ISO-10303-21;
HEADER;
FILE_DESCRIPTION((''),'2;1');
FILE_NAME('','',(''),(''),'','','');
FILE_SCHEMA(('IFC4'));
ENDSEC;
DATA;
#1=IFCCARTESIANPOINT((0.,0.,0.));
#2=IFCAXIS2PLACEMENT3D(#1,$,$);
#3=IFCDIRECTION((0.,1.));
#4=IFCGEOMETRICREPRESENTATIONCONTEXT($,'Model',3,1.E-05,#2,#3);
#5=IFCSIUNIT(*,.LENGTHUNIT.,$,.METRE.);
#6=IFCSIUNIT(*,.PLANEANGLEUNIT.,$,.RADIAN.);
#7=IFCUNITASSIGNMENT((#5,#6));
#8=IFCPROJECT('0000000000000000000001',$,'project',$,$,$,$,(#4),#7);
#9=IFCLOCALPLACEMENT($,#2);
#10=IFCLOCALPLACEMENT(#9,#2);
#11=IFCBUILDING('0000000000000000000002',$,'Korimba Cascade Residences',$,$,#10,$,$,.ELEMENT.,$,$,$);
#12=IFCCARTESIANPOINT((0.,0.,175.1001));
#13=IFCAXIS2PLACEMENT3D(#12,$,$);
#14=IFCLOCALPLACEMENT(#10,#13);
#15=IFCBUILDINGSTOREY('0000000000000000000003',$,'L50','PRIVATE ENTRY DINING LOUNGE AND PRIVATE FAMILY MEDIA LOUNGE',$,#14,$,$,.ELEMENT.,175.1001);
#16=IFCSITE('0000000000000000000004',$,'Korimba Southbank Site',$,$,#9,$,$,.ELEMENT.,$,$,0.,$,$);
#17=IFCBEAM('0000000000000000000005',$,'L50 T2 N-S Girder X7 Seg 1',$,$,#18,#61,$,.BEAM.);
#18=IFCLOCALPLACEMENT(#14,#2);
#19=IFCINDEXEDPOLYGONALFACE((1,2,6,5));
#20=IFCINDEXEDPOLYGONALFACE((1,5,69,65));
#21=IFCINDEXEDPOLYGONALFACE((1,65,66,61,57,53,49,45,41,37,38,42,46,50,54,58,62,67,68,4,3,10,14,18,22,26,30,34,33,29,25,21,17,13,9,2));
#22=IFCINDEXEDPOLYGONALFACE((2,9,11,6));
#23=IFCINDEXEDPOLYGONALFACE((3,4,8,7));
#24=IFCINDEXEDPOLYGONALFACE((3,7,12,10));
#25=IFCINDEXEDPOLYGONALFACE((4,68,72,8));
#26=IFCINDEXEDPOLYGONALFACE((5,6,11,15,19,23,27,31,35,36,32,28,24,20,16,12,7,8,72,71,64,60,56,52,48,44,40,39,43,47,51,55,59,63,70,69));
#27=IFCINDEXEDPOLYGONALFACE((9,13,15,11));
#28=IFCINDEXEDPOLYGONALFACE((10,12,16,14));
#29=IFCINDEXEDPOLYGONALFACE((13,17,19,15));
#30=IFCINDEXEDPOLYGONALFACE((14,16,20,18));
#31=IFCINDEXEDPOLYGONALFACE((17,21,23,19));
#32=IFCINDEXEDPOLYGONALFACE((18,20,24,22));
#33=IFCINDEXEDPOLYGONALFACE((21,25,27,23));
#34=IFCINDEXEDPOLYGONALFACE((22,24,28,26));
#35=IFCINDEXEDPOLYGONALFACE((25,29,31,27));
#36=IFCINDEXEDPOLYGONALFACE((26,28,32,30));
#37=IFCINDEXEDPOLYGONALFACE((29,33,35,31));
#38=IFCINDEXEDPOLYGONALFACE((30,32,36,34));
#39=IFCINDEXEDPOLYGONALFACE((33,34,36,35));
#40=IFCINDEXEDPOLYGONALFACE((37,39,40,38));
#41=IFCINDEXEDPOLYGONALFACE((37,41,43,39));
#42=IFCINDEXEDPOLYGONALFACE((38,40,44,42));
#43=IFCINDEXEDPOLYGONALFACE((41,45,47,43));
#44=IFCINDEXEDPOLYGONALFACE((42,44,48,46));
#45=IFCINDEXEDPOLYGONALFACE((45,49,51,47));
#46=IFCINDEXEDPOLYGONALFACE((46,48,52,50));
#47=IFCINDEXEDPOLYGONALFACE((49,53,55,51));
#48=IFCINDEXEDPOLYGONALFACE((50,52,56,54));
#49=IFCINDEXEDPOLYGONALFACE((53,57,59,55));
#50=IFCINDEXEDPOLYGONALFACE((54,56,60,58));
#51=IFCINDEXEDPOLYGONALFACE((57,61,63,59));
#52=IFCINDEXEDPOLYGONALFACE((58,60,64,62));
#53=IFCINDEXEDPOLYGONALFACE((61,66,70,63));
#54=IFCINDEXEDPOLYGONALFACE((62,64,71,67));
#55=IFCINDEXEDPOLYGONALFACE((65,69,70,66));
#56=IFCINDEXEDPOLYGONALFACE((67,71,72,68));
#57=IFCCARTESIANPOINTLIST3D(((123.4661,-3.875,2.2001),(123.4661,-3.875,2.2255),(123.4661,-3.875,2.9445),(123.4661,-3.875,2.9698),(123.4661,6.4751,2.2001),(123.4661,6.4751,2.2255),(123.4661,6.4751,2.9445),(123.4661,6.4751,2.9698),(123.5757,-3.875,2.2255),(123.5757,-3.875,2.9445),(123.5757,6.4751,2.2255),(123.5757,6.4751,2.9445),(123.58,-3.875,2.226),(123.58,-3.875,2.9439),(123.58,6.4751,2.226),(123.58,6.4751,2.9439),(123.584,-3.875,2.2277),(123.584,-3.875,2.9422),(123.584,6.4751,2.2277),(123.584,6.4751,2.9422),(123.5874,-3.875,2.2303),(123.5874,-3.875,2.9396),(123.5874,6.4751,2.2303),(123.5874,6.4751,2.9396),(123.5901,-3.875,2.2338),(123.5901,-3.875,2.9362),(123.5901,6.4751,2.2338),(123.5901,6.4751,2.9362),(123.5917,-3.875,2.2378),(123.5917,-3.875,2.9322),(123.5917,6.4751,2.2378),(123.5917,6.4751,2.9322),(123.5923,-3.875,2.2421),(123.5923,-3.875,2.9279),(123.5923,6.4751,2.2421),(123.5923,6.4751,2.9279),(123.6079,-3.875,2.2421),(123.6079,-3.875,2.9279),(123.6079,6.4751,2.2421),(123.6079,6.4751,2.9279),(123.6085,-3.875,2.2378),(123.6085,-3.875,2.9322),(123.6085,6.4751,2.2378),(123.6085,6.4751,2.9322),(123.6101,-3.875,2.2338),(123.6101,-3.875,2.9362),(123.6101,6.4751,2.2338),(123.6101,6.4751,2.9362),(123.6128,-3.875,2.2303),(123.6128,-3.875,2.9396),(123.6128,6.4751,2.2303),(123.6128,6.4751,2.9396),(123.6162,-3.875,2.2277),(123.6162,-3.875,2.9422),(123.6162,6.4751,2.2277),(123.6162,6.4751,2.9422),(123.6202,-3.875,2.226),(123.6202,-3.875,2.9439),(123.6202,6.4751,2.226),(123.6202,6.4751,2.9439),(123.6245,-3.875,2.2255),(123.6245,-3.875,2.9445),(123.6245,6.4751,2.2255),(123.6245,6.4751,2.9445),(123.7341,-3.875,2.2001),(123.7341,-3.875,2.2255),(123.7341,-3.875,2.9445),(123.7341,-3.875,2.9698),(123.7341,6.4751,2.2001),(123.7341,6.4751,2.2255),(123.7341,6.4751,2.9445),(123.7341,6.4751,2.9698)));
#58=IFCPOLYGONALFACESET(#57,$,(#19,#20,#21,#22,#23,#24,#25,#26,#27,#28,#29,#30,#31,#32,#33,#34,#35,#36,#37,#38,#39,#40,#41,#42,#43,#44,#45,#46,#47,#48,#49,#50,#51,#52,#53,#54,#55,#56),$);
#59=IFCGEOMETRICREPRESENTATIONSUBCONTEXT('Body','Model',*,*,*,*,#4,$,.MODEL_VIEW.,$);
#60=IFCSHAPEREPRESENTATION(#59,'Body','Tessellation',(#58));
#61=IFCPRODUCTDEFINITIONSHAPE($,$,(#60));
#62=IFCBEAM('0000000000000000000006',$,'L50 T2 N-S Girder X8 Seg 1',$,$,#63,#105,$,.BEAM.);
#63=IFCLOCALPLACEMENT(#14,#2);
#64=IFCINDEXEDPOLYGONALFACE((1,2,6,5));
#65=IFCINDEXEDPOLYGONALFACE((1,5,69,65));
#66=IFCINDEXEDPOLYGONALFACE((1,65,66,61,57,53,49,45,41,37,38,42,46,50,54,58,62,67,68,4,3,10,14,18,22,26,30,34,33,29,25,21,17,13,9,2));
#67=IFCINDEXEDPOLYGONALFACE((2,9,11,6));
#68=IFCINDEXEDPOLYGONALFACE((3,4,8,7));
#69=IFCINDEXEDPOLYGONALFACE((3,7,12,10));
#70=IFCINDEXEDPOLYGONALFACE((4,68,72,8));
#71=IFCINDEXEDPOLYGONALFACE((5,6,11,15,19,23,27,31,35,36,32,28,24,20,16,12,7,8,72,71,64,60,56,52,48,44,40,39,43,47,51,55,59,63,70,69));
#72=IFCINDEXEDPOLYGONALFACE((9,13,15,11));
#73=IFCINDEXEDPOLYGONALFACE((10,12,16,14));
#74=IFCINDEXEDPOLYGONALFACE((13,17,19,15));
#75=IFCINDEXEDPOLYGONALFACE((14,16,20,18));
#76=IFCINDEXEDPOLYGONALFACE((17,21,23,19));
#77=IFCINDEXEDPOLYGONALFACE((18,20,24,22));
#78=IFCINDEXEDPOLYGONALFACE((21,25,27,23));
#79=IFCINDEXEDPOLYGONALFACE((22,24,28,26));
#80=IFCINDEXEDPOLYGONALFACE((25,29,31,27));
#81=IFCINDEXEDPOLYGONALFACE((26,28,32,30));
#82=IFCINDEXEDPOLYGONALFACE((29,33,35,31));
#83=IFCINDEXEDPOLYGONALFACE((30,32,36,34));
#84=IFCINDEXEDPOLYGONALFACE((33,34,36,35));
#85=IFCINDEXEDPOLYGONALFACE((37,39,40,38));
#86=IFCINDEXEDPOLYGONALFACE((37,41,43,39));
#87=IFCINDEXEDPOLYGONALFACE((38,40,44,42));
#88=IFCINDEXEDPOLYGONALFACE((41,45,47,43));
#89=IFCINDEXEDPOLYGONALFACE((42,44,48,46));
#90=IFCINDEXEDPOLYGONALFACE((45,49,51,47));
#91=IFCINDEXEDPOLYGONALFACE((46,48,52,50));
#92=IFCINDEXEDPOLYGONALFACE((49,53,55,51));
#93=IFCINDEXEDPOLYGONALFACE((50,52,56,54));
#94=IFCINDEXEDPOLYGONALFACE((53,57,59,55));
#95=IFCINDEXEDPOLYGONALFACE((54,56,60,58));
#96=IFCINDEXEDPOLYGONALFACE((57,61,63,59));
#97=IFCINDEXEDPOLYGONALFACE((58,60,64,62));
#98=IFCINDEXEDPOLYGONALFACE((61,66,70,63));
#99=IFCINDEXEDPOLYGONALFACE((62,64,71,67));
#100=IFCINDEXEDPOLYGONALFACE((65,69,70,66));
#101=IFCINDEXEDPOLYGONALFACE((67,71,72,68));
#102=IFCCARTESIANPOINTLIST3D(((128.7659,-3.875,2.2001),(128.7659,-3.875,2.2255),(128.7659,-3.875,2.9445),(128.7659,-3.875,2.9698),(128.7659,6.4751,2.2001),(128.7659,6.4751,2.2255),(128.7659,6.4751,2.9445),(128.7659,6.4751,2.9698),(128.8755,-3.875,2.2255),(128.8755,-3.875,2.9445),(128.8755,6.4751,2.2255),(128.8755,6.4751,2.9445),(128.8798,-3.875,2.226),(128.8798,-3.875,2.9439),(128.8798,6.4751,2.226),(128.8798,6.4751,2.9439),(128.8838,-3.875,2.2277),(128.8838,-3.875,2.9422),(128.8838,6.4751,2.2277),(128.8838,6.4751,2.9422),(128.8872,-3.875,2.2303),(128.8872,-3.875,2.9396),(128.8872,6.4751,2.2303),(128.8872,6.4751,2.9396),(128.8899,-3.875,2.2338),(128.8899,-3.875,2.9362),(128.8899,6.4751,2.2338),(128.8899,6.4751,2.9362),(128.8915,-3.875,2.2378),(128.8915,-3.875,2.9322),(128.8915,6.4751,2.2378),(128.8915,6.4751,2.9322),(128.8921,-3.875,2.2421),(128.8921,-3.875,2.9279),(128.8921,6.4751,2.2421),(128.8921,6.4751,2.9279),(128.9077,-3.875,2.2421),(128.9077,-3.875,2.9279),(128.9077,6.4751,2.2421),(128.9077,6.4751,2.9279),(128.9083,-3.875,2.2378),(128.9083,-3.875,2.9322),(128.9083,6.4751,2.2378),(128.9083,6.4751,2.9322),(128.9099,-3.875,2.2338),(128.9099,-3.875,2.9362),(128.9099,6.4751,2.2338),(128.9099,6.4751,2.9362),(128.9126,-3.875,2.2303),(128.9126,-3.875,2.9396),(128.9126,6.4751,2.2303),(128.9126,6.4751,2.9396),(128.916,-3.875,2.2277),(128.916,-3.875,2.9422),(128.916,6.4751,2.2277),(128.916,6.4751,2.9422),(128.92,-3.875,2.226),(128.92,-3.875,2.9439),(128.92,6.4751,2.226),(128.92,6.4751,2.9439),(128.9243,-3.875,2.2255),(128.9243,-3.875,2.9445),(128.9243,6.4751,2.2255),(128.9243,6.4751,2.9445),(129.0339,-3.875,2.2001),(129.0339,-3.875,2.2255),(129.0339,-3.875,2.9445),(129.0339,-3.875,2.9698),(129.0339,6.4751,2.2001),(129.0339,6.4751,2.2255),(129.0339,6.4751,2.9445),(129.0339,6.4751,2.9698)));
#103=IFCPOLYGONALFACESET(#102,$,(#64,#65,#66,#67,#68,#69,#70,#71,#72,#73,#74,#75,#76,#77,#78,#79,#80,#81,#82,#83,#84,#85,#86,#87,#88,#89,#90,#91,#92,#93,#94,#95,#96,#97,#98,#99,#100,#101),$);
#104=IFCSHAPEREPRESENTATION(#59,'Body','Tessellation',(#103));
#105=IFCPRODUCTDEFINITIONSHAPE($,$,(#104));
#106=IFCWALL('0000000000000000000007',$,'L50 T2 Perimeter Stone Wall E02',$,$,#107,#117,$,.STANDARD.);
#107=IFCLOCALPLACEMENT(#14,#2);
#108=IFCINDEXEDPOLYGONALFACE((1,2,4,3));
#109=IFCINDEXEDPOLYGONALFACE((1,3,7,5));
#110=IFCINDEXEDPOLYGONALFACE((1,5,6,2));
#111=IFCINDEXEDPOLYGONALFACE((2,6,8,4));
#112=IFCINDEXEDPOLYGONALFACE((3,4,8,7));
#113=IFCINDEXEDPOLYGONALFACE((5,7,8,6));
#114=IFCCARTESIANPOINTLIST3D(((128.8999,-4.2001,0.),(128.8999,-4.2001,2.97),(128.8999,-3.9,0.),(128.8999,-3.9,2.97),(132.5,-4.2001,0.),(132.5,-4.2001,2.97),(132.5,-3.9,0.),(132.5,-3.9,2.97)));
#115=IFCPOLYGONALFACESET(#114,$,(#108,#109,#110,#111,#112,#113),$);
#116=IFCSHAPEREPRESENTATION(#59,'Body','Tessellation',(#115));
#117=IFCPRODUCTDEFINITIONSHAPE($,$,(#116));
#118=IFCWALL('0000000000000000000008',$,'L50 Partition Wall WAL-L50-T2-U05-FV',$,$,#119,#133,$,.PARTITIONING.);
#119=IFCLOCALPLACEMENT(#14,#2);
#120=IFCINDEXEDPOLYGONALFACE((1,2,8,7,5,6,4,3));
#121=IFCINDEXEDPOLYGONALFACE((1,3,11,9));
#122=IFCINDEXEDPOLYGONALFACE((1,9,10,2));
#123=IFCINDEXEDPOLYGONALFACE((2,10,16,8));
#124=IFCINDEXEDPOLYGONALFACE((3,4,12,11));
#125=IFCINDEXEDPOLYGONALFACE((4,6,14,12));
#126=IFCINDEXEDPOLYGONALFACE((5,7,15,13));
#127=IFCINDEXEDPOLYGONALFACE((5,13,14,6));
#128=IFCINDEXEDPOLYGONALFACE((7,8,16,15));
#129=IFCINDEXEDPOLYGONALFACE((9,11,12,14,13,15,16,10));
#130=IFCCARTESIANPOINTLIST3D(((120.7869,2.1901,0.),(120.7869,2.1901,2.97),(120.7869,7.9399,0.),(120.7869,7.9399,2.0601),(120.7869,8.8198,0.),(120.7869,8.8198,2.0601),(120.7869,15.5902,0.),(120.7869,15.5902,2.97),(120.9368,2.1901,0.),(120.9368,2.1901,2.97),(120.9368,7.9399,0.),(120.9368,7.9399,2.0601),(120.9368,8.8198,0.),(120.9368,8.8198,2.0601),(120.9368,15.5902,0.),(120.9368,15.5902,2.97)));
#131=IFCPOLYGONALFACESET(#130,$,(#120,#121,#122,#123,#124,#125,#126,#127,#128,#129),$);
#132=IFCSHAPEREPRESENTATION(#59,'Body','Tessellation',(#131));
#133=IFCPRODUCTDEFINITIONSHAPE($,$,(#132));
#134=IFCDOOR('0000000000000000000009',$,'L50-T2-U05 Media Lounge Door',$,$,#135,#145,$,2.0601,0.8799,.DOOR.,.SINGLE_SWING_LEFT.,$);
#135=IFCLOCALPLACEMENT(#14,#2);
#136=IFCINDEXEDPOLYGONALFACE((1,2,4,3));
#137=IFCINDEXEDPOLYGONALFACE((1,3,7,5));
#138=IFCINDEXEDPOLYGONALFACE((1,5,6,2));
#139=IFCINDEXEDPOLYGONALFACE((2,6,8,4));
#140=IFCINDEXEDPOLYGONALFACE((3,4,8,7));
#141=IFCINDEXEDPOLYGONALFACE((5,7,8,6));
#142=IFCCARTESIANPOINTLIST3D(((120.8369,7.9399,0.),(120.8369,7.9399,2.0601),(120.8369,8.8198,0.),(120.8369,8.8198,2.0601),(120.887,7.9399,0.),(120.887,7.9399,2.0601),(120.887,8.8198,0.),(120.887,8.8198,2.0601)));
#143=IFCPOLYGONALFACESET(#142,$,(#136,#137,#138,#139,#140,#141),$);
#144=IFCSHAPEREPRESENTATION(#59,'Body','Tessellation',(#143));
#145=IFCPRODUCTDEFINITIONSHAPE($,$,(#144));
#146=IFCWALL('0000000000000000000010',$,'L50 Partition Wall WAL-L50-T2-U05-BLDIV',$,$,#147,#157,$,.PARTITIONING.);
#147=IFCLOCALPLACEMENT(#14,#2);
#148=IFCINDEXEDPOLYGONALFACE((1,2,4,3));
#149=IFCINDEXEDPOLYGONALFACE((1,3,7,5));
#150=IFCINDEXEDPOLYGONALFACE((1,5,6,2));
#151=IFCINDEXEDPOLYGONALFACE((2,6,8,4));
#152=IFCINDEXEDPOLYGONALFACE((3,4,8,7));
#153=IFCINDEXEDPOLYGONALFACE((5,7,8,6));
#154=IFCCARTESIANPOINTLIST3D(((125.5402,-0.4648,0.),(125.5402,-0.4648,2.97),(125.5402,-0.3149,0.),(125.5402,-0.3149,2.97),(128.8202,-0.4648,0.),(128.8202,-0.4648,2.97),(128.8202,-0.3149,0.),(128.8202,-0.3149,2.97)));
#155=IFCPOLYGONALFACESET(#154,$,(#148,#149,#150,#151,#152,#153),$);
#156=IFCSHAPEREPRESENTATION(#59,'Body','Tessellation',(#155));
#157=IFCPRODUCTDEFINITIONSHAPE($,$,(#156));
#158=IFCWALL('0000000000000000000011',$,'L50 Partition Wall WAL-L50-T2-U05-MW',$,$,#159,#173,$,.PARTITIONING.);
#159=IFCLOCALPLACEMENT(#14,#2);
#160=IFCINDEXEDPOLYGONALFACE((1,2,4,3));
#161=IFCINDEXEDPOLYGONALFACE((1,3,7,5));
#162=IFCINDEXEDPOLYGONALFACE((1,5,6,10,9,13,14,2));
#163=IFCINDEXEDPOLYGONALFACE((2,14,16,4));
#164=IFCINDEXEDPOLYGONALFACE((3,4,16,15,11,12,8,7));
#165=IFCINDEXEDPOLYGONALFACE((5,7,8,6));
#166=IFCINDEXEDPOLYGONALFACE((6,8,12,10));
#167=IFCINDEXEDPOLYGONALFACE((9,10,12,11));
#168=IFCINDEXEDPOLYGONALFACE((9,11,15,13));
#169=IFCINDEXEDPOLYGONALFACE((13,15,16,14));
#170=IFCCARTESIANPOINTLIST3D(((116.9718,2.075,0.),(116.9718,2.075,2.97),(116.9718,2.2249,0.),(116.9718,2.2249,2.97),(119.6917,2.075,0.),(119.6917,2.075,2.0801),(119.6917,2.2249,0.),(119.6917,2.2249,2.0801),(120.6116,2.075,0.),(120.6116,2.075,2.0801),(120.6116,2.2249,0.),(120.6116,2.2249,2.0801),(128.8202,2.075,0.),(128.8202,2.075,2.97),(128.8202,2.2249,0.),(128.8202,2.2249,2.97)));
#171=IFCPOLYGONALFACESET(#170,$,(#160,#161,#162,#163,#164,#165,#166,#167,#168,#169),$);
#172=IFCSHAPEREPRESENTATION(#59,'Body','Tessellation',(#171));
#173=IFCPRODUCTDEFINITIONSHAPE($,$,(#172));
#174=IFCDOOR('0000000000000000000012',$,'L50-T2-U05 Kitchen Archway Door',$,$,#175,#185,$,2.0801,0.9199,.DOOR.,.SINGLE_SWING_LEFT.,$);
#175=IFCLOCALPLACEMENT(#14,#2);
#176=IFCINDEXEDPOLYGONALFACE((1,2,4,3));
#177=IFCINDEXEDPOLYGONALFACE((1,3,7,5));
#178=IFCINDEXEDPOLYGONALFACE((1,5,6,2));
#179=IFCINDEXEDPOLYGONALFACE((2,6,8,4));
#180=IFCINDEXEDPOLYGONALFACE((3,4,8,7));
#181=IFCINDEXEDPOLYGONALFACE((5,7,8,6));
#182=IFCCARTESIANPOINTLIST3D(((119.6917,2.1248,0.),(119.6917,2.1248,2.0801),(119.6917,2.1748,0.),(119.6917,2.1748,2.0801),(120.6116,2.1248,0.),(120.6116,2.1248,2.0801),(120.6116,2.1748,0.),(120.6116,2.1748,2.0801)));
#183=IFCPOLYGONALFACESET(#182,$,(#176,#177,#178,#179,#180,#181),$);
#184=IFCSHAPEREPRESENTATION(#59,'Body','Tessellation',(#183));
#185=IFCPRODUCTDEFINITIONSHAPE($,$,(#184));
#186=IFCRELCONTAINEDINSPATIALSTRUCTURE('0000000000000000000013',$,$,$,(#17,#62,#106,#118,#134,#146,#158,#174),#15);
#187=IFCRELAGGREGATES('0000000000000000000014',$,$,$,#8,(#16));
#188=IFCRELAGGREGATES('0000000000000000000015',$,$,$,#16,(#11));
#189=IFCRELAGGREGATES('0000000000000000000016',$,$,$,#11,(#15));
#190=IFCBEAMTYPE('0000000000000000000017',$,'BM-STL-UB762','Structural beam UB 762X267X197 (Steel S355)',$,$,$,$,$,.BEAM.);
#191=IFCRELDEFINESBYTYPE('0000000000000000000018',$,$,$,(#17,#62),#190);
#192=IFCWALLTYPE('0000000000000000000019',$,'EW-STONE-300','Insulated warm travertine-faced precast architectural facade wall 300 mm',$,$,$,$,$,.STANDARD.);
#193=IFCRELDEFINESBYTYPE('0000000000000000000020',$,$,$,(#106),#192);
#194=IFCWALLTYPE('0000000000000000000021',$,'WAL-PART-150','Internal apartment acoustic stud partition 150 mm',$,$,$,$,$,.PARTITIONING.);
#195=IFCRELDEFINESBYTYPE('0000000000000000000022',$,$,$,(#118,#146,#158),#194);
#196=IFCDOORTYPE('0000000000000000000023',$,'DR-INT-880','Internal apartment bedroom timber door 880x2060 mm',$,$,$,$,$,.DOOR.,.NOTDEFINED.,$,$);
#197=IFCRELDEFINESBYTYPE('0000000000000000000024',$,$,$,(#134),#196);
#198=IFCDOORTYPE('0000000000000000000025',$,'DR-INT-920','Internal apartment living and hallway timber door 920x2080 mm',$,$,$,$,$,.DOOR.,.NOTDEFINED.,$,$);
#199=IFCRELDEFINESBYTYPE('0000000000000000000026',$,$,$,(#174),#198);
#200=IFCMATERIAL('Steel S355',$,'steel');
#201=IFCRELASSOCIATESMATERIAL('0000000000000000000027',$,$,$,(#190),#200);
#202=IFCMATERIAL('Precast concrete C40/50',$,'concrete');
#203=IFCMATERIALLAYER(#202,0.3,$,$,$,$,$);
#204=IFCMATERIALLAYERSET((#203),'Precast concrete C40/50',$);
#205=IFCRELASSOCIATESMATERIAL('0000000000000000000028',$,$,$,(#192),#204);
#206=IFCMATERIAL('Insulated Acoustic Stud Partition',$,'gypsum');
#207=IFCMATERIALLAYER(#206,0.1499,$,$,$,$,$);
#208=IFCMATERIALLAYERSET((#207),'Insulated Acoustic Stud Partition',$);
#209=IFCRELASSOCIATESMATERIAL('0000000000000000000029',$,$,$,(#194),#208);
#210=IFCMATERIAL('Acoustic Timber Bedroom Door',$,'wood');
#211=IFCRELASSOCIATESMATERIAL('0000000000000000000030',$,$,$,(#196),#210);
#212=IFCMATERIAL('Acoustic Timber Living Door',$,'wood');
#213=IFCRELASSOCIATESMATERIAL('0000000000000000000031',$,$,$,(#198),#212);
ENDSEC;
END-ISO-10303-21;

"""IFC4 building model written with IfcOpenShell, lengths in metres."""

from ifc_helpers import new_model, si_unit, direction, frame, frame_2d, origin, origin_2d, place, context, subcontext, project, spatial, rectangle, i_section, extrude, material, layer, layer_set, material_profile, profile_set, type_object, element, fill, save


model = new_model("IFC4")

# Units and contexts
model_context = context("Model", 3, precision=1e-05, world=origin(), true_north=direction((0.0, 1.0)))
body_context = subcontext(model_context, "Body", "Model", "MODEL_VIEW")
ifc_project = project(units=[si_unit("LENGTHUNIT", "METRE"), si_unit("PLANEANGLEUNIT", "RADIAN")], contexts=[model_context])

# Site, building, storey
site_placement = place(None, origin())
site = spatial("IfcSite", under=ifc_project, at=site_placement, Name="Korimba Southbank Site", CompositionType="ELEMENT", RefElevation=0.0)
building_placement = place(site_placement, origin())
building = spatial("IfcBuilding", under=site, at=building_placement, Name="Korimba Cascade Residences", CompositionType="ELEMENT")
storey_placement = place(building_placement, frame((0.0, 0.0, 175.1001)))
storey = spatial("IfcBuildingStorey", under=building, at=storey_placement, Name="L50", Description="PRIVATE ENTRY DINING LOUNGE AND PRIVATE FAMILY MEDIA LOUNGE", CompositionType="ELEMENT", Elevation=175.1001)

# Beams
ifc_material_1 = material(Name="Steel S355", Category="steel")
ifc_material_profile_1 = material_profile(ifc_material_1, i_section(OverallWidth=0.2681, OverallDepth=0.7698, WebThickness=0.0156, FlangeThickness=0.0254, FilletRadius=0.0166, at=origin_2d()), Name="Steel S355")
ifc_profile_set_1 = profile_set([ifc_material_profile_1], Name="Steel S355")
beam_type_1 = type_object("IfcBeamType", Name="BM-STL-UB762", Description="Structural beam UB 762X267X197 (Steel S355)", PredefinedType="BEAM", material=ifc_profile_set_1)
for number, where, z_axis, x_axis, name in (
    (1, (123.6001, -3.875, 2.585), (0.0, 1.0, 0.0), (-1.0, 0.0, 0.0), "L50 T2 N-S Girder X7 Seg 1"),
    (2, (128.8999, -3.875, 2.585), (0.0, 1.0, 0.0), (-1.0, 0.0, 0.0), "L50 T2 N-S Girder X8 Seg 1"),
):
    element("IfcBeam", number, at=place(storey_placement, frame(where, z_axis=z_axis, x_axis=x_axis)), inside=storey, type_object=beam_type_1, Name=name, PredefinedType="BEAM", context=body_context, shape_type="SweptSolid", body=[
        extrude(i_section(OverallWidth=0.2681, OverallDepth=0.7698, WebThickness=0.0156, FlangeThickness=0.0254, FilletRadius=0.0166, at=origin_2d()), origin(), (0.0, 0.0, 1.0), 10.3501),
    ])

# Wall
ifc_material_2 = material(Name="Precast concrete C40/50", Category="concrete")
ifc_layer_1 = layer(ifc_material_2, 0.3)
ifc_layer_set_1 = layer_set([ifc_layer_1], Name="Precast concrete C40/50")
wall_type_1 = type_object("IfcWallType", Name="EW-STONE-300", Description="Insulated warm travertine-faced precast architectural facade wall 300 mm", PredefinedType="STANDARD", material=ifc_layer_set_1)
wall_1_placement = place(storey_placement, frame((128.8999, -4.05, 0.0), z_axis=(0.0, 0.0, 1.0), x_axis=(1.0, 0.0, 0.0)))
element("IfcWall", 3, at=wall_1_placement, inside=storey, type_object=wall_type_1, Name="L50 T2 Perimeter Stone Wall E02", PredefinedType="STANDARD", context=body_context, shape_type="SweptSolid", body=[
    extrude(rectangle(XDim=3.6001, YDim=0.3, at=frame_2d((1.8, 0.0))), origin(), (0.0, 0.0, 1.0), 2.97),
])

# Wall, opening, door
ifc_material_3 = material(Name="Insulated Acoustic Stud Partition", Category="gypsum")
ifc_layer_2 = layer(ifc_material_3, 0.1499)
ifc_layer_set_2 = layer_set([ifc_layer_2], Name="Insulated Acoustic Stud Partition")
wall_type_2 = type_object("IfcWallType", Name="WAL-PART-150", Description="Internal apartment acoustic stud partition 150 mm", PredefinedType="PARTITIONING", material=ifc_layer_set_2)
wall_2_placement = place(storey_placement, frame((120.8618, 2.1899, 0.0), z_axis=(0.0, 0.0, 1.0), x_axis=(0.0, 1.0, 0.0)))
wall_2 = element("IfcWall", 4, at=wall_2_placement, inside=storey, type_object=wall_type_2, Name="L50 Partition Wall WAL-L50-T2-U05-FV", PredefinedType="PARTITIONING", context=body_context, shape_type="SweptSolid", body=[
    extrude(rectangle(XDim=13.4001, YDim=0.1499, at=frame_2d((6.7002, 0.0))), origin(), (0.0, 0.0, 1.0), 2.97),
])
opening_1_placement = place(wall_2_placement, frame((5.75, 0.0, 0.0)))
opening_1 = element("IfcOpeningElement", 5, at=opening_1_placement, cuts=wall_2, PredefinedType="OPENING", context=body_context, shape_type="SweptSolid", body=[
    extrude(rectangle(XDim=0.8799, YDim=2.0601, at=frame_2d((0.4399, 1.03))), frame((0.0, 0.085, 0.0), z_axis=(0.0, -1.0, 0.0), x_axis=(1.0, 0.0, 0.0)), (0.0, 0.0, 1.0), 0.1699),
])
ifc_material_4 = material(Name="Acoustic Timber Bedroom Door", Category="wood")
door_type_1 = type_object("IfcDoorType", Name="DR-INT-880", Description="Internal apartment bedroom timber door 880x2060 mm", OperationType="NOTDEFINED", PredefinedType="DOOR", material=ifc_material_4)
door_1_placement = place(opening_1_placement, origin())
door_1 = element("IfcDoor", 6, at=door_1_placement, inside=storey, type_object=door_type_1, Name="L50-T2-U05 Media Lounge Door", OperationType="SINGLE_SWING_LEFT", OverallHeight=2.0601, OverallWidth=0.8799, PredefinedType="DOOR", context=body_context, shape_type="SweptSolid", body=[
    extrude(rectangle(XDim=0.8799, YDim=2.0601, at=frame_2d((0.4399, 1.03))), frame((0.0, 0.0249, 0.0), z_axis=(0.0, -1.0, 0.0), x_axis=(1.0, 0.0, 0.0)), (0.0, 0.0, 1.0), 0.05),
])
fill(opening_1, door_1)

# Wall
wall_3_placement = place(storey_placement, frame((125.54, -0.3899, 0.0), z_axis=(0.0, 0.0, 1.0), x_axis=(1.0, 0.0, 0.0)))
element("IfcWall", 7, at=wall_3_placement, inside=storey, type_object=wall_type_2, Name="L50 Partition Wall WAL-L50-T2-U05-BLDIV", PredefinedType="PARTITIONING", context=body_context, shape_type="SweptSolid", body=[
    extrude(rectangle(XDim=3.28, YDim=0.1499, at=frame_2d((1.6401, 0.0))), origin(), (0.0, 0.0, 1.0), 2.97),
])

# Wall, opening, door
wall_4_placement = place(storey_placement, frame((116.9717, 2.1499, 0.0), z_axis=(0.0, 0.0, 1.0), x_axis=(1.0, 0.0, 0.0)))
wall_4 = element("IfcWall", 8, at=wall_4_placement, inside=storey, type_object=wall_type_2, Name="L50 Partition Wall WAL-L50-T2-U05-MW", PredefinedType="PARTITIONING", context=body_context, shape_type="SweptSolid", body=[
    extrude(rectangle(XDim=11.8484, YDim=0.1499, at=frame_2d((5.9243, 0.0))), origin(), (0.0, 0.0, 1.0), 2.97),
])
opening_2_placement = place(wall_4_placement, frame((2.72, 0.0, 0.0)))
opening_2 = element("IfcOpeningElement", 9, at=opening_2_placement, cuts=wall_4, PredefinedType="OPENING", context=body_context, shape_type="SweptSolid", body=[
    extrude(rectangle(XDim=0.9199, YDim=2.0801, at=frame_2d((0.46, 1.04))), frame((0.0, 0.085, 0.0), z_axis=(0.0, -1.0, 0.0), x_axis=(1.0, 0.0, 0.0)), (0.0, 0.0, 1.0), 0.1699),
])
ifc_material_5 = material(Name="Acoustic Timber Living Door", Category="wood")
door_type_2 = type_object("IfcDoorType", Name="DR-INT-920", Description="Internal apartment living and hallway timber door 920x2080 mm", OperationType="NOTDEFINED", PredefinedType="DOOR", material=ifc_material_5)
door_2_placement = place(opening_2_placement, origin())
door_2 = element("IfcDoor", 10, at=door_2_placement, inside=storey, type_object=door_type_2, Name="L50-T2-U05 Kitchen Archway Door", OperationType="SINGLE_SWING_LEFT", OverallHeight=2.0801, OverallWidth=0.9199, PredefinedType="DOOR", context=body_context, shape_type="SweptSolid", body=[
    extrude(rectangle(XDim=0.9199, YDim=2.0801, at=frame_2d((0.46, 1.04))), frame((0.0, 0.0249, 0.0), z_axis=(0.0, -1.0, 0.0), x_axis=(1.0, 0.0, 0.0)), (0.0, 0.0, 1.0), 0.05),
])
fill(opening_2, door_2)

save(model, "model.ifc")
